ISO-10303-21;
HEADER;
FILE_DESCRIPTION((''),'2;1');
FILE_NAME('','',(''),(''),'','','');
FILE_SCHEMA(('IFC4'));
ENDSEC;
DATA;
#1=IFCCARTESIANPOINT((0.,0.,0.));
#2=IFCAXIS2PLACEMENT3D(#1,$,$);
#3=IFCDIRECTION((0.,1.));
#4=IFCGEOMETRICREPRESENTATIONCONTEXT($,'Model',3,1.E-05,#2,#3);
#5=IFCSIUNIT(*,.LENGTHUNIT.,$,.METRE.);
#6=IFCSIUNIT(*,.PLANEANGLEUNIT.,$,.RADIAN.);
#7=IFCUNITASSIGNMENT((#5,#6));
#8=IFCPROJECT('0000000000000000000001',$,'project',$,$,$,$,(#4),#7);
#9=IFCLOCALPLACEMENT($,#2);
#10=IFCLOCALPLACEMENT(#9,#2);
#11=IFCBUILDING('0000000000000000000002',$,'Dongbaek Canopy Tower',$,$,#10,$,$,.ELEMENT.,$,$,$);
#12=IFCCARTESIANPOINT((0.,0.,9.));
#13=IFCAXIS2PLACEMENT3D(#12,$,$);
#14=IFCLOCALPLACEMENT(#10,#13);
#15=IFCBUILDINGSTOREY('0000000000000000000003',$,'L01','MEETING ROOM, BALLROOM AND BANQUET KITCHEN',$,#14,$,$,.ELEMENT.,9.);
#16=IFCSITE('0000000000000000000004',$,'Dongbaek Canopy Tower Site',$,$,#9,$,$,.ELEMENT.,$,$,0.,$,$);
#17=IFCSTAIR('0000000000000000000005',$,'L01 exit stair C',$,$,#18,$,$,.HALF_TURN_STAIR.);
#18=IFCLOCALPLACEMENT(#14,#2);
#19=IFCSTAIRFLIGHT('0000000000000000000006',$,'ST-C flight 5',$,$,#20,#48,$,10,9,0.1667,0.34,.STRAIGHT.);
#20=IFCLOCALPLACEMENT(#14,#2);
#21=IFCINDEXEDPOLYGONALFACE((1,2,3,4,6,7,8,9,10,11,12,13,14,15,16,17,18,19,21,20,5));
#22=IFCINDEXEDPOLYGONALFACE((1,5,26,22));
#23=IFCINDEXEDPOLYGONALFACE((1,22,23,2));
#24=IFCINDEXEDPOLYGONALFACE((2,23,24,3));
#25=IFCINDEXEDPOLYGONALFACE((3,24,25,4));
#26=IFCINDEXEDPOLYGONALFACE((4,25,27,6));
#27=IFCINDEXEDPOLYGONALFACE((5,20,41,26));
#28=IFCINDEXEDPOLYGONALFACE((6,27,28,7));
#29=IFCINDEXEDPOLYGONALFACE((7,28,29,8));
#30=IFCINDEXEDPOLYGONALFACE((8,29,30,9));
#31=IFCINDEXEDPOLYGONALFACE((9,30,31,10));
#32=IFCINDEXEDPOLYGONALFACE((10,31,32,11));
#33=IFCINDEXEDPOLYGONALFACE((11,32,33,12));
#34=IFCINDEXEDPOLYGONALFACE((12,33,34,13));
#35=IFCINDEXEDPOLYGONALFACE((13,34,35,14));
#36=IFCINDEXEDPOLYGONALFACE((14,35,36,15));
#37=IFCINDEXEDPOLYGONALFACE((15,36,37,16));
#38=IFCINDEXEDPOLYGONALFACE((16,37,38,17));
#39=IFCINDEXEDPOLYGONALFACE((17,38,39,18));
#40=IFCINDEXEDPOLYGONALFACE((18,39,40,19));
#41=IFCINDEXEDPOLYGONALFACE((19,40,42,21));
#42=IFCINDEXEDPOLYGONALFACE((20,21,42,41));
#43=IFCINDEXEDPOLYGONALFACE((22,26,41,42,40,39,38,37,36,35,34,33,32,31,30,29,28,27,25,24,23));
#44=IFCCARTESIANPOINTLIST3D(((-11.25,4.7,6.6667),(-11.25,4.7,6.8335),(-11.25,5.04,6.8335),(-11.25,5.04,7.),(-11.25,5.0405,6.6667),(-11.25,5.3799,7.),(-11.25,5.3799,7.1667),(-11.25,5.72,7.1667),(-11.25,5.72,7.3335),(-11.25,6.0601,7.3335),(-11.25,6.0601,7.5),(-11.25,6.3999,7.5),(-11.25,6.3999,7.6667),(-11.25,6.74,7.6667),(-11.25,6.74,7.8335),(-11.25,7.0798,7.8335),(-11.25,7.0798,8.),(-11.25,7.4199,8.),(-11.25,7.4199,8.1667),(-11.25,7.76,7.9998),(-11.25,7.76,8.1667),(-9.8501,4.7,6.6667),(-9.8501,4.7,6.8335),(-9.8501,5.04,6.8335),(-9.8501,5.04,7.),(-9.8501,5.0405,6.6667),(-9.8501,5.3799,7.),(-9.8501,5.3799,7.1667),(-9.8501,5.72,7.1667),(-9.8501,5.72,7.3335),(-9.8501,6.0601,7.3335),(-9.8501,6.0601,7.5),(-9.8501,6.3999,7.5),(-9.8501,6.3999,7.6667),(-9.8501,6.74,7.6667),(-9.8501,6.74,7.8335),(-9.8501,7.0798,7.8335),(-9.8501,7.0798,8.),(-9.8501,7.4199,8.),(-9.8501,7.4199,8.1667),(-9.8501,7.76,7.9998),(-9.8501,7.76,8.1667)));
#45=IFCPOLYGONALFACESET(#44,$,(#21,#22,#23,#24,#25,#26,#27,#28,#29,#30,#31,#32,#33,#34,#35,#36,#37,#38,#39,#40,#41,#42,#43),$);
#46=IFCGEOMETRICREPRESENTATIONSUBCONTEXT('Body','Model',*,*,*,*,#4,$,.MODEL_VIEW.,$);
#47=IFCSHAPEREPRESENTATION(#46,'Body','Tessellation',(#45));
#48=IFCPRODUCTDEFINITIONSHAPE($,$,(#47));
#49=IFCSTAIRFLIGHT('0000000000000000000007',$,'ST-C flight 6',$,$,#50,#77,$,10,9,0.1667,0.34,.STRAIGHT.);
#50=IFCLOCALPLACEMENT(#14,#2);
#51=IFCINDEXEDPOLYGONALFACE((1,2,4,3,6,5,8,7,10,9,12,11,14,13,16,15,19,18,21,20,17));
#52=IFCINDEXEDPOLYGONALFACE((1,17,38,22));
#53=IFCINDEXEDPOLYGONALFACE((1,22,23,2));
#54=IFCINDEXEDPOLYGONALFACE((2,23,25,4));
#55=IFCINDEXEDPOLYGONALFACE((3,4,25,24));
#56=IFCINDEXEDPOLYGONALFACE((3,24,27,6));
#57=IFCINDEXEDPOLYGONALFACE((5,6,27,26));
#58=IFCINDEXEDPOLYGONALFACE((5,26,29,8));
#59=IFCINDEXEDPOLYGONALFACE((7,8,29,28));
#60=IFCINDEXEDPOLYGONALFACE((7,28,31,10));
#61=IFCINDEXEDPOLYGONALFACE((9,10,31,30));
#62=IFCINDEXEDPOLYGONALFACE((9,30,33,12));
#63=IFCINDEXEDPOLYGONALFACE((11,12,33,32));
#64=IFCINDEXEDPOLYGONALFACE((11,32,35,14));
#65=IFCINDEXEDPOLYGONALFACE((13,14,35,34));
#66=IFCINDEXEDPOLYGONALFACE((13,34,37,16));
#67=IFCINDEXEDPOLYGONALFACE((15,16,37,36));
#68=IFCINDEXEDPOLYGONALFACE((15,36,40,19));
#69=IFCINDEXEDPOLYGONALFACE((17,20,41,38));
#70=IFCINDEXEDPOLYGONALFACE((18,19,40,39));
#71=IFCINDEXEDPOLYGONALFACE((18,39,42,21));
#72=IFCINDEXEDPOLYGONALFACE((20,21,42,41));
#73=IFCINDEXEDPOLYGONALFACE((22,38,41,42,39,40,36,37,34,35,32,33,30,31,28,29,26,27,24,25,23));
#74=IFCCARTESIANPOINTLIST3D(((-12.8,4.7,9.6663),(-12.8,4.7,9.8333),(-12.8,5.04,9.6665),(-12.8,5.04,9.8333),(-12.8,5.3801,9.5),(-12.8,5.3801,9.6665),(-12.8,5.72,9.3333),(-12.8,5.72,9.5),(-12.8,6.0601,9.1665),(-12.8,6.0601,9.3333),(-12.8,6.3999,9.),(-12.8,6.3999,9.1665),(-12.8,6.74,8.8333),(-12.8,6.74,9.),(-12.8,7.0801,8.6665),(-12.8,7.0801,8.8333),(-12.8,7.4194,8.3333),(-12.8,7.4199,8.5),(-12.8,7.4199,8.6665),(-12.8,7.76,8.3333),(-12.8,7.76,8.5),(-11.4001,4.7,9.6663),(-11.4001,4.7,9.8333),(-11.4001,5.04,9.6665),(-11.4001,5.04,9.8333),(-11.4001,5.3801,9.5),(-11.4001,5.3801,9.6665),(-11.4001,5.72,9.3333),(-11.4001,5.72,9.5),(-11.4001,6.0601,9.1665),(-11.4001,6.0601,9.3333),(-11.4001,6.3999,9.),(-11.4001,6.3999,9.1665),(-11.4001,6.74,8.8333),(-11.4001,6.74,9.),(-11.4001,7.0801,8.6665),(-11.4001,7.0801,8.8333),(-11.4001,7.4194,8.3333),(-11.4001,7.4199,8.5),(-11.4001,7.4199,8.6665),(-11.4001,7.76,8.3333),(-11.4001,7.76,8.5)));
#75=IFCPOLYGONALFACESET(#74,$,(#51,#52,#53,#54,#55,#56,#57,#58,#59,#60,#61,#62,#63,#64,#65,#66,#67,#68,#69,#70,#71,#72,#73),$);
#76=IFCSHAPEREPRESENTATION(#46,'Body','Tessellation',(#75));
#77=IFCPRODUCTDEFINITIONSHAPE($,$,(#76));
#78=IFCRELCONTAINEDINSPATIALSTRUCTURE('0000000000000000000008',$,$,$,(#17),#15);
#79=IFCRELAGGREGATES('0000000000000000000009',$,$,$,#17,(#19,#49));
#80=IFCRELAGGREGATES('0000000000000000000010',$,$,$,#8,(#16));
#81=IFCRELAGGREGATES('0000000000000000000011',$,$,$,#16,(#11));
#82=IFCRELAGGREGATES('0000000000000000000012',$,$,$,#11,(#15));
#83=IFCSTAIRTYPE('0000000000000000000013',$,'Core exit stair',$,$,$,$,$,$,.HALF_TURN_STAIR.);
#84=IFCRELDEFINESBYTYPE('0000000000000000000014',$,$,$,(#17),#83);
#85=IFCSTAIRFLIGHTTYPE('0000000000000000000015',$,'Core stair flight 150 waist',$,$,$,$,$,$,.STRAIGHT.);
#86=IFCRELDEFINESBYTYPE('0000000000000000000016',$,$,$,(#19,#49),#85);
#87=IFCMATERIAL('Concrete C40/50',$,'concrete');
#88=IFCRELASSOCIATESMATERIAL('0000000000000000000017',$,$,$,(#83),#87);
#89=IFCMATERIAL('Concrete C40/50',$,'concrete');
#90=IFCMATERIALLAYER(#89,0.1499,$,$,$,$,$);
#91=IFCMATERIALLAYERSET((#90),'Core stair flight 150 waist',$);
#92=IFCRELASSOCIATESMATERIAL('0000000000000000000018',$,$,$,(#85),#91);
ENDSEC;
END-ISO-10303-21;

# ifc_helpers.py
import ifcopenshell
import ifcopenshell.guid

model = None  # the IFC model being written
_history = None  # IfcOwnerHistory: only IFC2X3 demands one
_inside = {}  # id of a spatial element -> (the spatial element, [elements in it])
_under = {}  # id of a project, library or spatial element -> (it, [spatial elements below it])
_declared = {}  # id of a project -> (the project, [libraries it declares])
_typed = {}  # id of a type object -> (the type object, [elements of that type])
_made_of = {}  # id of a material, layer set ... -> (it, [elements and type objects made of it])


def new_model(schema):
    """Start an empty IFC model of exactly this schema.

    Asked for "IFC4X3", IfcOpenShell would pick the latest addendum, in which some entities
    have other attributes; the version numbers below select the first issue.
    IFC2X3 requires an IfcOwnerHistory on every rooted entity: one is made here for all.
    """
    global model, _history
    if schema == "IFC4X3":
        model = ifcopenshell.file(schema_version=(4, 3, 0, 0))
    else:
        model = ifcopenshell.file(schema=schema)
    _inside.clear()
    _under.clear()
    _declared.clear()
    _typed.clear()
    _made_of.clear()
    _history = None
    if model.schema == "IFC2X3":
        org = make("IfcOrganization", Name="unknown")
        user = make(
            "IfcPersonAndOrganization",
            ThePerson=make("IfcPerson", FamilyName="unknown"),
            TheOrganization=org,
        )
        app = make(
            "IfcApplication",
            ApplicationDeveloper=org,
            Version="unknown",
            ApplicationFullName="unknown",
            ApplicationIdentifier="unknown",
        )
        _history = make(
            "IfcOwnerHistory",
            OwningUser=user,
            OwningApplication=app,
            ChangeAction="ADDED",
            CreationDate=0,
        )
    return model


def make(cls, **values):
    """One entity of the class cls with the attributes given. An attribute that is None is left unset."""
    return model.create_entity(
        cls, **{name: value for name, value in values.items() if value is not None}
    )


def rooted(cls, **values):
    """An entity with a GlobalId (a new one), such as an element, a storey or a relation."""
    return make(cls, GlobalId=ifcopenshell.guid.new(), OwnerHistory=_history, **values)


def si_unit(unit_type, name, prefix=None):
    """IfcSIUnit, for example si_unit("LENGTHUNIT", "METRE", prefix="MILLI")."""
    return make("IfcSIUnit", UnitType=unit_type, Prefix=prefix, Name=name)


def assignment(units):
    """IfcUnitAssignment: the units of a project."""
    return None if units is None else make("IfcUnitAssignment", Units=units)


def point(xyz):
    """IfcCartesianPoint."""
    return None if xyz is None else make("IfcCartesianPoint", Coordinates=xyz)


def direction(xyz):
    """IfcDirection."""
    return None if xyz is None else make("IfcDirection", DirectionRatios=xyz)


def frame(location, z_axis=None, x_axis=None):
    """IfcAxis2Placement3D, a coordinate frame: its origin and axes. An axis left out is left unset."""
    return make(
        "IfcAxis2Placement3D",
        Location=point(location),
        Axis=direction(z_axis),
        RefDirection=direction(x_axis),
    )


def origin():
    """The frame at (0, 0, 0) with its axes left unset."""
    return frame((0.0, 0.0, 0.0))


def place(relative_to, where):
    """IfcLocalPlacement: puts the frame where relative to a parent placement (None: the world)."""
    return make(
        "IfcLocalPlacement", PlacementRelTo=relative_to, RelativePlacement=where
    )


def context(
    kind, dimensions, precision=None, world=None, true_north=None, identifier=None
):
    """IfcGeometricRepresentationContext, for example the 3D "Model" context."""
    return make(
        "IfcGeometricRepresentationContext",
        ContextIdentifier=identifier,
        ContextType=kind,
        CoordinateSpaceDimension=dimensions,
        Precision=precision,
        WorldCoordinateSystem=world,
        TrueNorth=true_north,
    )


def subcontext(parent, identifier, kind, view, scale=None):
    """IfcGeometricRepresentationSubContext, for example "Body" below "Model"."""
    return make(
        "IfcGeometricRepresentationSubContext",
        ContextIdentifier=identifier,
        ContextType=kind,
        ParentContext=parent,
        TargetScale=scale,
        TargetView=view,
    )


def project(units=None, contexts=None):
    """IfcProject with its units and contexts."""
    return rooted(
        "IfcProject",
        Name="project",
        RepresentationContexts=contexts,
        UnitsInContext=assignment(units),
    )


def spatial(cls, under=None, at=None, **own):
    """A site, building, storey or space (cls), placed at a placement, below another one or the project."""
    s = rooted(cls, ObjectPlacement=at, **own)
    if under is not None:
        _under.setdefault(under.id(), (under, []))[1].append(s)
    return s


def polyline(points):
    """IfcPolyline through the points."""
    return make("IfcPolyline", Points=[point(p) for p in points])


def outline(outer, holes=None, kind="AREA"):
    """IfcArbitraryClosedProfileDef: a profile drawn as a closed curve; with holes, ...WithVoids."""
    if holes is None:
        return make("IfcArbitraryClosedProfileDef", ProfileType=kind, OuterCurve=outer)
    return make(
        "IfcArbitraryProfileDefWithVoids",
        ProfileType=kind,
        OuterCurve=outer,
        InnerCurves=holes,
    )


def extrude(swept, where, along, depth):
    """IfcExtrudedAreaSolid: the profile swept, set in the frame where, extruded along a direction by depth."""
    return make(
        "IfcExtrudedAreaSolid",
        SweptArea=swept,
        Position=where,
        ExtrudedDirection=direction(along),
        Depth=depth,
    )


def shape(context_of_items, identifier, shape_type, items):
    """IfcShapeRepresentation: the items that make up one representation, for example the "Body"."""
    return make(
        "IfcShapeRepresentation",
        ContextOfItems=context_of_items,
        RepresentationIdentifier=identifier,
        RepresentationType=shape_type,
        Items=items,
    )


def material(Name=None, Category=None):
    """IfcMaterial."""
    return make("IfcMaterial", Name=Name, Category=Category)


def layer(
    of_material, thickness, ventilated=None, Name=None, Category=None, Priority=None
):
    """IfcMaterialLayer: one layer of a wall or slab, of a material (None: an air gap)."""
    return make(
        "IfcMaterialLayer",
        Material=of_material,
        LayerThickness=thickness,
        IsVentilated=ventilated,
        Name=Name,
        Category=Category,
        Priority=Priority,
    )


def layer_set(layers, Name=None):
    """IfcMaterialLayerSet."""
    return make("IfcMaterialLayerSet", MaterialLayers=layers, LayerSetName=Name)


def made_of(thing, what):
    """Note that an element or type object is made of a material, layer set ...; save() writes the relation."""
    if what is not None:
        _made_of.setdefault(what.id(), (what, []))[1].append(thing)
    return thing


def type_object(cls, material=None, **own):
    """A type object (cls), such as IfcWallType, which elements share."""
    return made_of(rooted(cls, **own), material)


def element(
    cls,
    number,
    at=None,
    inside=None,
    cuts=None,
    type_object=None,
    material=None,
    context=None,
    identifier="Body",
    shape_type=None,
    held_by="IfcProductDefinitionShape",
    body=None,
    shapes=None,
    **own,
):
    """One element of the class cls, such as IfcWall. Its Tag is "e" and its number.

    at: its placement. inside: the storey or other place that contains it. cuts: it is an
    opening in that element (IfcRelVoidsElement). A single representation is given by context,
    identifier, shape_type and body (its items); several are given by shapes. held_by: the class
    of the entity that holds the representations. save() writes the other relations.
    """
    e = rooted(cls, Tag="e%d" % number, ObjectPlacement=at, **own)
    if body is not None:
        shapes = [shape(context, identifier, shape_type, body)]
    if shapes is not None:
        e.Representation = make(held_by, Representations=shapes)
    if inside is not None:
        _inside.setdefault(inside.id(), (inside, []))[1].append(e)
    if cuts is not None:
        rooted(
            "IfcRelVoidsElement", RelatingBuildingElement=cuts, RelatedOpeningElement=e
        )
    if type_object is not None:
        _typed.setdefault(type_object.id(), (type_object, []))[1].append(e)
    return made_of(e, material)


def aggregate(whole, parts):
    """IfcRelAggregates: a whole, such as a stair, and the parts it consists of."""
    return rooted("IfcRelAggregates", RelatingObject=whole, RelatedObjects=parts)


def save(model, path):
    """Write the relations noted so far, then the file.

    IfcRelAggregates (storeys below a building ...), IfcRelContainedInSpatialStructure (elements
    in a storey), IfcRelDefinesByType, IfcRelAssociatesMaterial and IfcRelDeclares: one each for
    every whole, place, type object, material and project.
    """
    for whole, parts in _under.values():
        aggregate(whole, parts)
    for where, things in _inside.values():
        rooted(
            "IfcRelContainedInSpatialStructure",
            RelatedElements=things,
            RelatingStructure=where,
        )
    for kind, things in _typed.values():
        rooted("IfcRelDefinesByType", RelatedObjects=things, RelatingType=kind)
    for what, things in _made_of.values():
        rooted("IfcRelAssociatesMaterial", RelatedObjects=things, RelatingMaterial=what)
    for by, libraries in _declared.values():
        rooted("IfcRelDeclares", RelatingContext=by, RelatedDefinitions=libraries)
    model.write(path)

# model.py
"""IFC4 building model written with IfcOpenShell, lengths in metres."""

from ifc_helpers import new_model, si_unit, direction, frame, origin, place, context, subcontext, project, spatial, polyline, outline, extrude, material, layer, layer_set, type_object, element, aggregate, save


model = new_model("IFC4")

# Units and contexts
model_context = context("Model", 3, precision=1e-05, world=origin(), true_north=direction((0.0, 1.0)))
body_context = subcontext(model_context, "Body", "Model", "MODEL_VIEW")
ifc_project = project(units=[si_unit("LENGTHUNIT", "METRE"), si_unit("PLANEANGLEUNIT", "RADIAN")], contexts=[model_context])

# Site, building, storey
site_placement = place(None, origin())
site = spatial("IfcSite", under=ifc_project, at=site_placement, Name="Dongbaek Canopy Tower Site", CompositionType="ELEMENT", RefElevation=0.0)
building_placement = place(site_placement, origin())
building = spatial("IfcBuilding", under=site, at=building_placement, Name="Dongbaek Canopy Tower", CompositionType="ELEMENT")
storey_placement = place(building_placement, frame((0.0, 0.0, 9.0)))
storey = spatial("IfcBuildingStorey", under=building, at=storey_placement, Name="L01", Description="MEETING ROOM, BALLROOM AND BANQUET KITCHEN", CompositionType="ELEMENT", Elevation=9.0)

# Stair, stair flights
ifc_material_1 = material(Name="Concrete C40/50", Category="concrete")
stair_type = type_object("IfcStairType", Name="Core exit stair", PredefinedType="HALF_TURN_STAIR", material=ifc_material_1)
stair_placement = place(storey_placement, origin())
stair = element("IfcStair", 1, at=stair_placement, inside=storey, type_object=stair_type, Name="L01 exit stair C", PredefinedType="HALF_TURN_STAIR")
ifc_material_2 = material(Name="Concrete C40/50", Category="concrete")
ifc_layer = layer(ifc_material_2, 0.1499)
ifc_layer_set = layer_set([ifc_layer], Name="Core stair flight 150 waist")
stair_flight_type = type_object("IfcStairFlightType", Name="Core stair flight 150 waist", PredefinedType="STRAIGHT", material=ifc_layer_set)
stair_flight_1_placement = place(storey_placement, frame((-10.55, 4.7, 6.6667), z_axis=(0.0, 0.0, 1.0), x_axis=(0.0, 1.0, 0.0)))
stair_flight_1 = element("IfcStairFlight", 2, at=stair_flight_1_placement, type_object=stair_flight_type, Name="ST-C flight 5", NumberOfRisers=10, NumberOfTreads=9, PredefinedType="STRAIGHT", RiserHeight=0.1667, TreadLength=0.34, context=body_context, shape_type="SweptSolid", body=[
    extrude(outline(polyline([(0.0, 0.0), (0.0, 0.1667), (0.3401, 0.1667), (0.3401, 0.3333), (0.6799, 0.3333), (0.6799, 0.5), (1.02, 0.5), (1.02, 0.6667), (1.3601, 0.6667), (1.3601, 0.8333), (1.7, 0.8333), (1.7, 1.0), (2.04, 1.0), (2.04, 1.1667), (2.3799, 1.1667), (2.3799, 1.3333), (2.72, 1.3333), (2.72, 1.5), (3.0601, 1.5), (3.0601, 1.6667), (3.0601, 1.333), (0.3406, 0.0), (0.0, 0.0)])), frame((0.0, 0.7, 0.0), z_axis=(0.0, -1.0, 0.0), x_axis=(1.0, 0.0, 0.0)), (0.0, 0.0, 1.0), 1.3999),
])
stair_flight_2_placement = place(storey_placement, frame((-12.1001, 7.76, 8.3333), z_axis=(0.0, 0.0, 1.0), x_axis=(0.0, -1.0, 0.0)))
stair_flight_2 = element("IfcStairFlight", 3, at=stair_flight_2_placement, type_object=stair_flight_type, Name="ST-C flight 6", NumberOfRisers=10, NumberOfTreads=9, PredefinedType="STRAIGHT", RiserHeight=0.1667, TreadLength=0.34, context=body_context, shape_type="SweptSolid", body=[
    extrude(outline(polyline([(0.0, 0.0), (0.0, 0.1667), (0.3401, 0.1667), (0.3401, 0.3333), (0.6799, 0.3333), (0.6799, 0.5), (1.02, 0.5), (1.02, 0.6667), (1.3601, 0.6667), (1.3601, 0.8333), (1.7, 0.8333), (1.7, 1.0), (2.04, 1.0), (2.04, 1.1667), (2.3799, 1.1667), (2.3799, 1.3333), (2.72, 1.3333), (2.72, 1.5), (3.0601, 1.5), (3.0601, 1.6667), (3.0601, 1.333), (0.3406, 0.0), (0.0, 0.0)])), frame((0.0, 0.7, 0.0), z_axis=(0.0, -1.0, 0.0), x_axis=(1.0, 0.0, 0.0)), (0.0, 0.0, 1.0), 1.3999),
])
aggregate(stair, [stair_flight_1, stair_flight_2])

save(model, "model.ifc")
